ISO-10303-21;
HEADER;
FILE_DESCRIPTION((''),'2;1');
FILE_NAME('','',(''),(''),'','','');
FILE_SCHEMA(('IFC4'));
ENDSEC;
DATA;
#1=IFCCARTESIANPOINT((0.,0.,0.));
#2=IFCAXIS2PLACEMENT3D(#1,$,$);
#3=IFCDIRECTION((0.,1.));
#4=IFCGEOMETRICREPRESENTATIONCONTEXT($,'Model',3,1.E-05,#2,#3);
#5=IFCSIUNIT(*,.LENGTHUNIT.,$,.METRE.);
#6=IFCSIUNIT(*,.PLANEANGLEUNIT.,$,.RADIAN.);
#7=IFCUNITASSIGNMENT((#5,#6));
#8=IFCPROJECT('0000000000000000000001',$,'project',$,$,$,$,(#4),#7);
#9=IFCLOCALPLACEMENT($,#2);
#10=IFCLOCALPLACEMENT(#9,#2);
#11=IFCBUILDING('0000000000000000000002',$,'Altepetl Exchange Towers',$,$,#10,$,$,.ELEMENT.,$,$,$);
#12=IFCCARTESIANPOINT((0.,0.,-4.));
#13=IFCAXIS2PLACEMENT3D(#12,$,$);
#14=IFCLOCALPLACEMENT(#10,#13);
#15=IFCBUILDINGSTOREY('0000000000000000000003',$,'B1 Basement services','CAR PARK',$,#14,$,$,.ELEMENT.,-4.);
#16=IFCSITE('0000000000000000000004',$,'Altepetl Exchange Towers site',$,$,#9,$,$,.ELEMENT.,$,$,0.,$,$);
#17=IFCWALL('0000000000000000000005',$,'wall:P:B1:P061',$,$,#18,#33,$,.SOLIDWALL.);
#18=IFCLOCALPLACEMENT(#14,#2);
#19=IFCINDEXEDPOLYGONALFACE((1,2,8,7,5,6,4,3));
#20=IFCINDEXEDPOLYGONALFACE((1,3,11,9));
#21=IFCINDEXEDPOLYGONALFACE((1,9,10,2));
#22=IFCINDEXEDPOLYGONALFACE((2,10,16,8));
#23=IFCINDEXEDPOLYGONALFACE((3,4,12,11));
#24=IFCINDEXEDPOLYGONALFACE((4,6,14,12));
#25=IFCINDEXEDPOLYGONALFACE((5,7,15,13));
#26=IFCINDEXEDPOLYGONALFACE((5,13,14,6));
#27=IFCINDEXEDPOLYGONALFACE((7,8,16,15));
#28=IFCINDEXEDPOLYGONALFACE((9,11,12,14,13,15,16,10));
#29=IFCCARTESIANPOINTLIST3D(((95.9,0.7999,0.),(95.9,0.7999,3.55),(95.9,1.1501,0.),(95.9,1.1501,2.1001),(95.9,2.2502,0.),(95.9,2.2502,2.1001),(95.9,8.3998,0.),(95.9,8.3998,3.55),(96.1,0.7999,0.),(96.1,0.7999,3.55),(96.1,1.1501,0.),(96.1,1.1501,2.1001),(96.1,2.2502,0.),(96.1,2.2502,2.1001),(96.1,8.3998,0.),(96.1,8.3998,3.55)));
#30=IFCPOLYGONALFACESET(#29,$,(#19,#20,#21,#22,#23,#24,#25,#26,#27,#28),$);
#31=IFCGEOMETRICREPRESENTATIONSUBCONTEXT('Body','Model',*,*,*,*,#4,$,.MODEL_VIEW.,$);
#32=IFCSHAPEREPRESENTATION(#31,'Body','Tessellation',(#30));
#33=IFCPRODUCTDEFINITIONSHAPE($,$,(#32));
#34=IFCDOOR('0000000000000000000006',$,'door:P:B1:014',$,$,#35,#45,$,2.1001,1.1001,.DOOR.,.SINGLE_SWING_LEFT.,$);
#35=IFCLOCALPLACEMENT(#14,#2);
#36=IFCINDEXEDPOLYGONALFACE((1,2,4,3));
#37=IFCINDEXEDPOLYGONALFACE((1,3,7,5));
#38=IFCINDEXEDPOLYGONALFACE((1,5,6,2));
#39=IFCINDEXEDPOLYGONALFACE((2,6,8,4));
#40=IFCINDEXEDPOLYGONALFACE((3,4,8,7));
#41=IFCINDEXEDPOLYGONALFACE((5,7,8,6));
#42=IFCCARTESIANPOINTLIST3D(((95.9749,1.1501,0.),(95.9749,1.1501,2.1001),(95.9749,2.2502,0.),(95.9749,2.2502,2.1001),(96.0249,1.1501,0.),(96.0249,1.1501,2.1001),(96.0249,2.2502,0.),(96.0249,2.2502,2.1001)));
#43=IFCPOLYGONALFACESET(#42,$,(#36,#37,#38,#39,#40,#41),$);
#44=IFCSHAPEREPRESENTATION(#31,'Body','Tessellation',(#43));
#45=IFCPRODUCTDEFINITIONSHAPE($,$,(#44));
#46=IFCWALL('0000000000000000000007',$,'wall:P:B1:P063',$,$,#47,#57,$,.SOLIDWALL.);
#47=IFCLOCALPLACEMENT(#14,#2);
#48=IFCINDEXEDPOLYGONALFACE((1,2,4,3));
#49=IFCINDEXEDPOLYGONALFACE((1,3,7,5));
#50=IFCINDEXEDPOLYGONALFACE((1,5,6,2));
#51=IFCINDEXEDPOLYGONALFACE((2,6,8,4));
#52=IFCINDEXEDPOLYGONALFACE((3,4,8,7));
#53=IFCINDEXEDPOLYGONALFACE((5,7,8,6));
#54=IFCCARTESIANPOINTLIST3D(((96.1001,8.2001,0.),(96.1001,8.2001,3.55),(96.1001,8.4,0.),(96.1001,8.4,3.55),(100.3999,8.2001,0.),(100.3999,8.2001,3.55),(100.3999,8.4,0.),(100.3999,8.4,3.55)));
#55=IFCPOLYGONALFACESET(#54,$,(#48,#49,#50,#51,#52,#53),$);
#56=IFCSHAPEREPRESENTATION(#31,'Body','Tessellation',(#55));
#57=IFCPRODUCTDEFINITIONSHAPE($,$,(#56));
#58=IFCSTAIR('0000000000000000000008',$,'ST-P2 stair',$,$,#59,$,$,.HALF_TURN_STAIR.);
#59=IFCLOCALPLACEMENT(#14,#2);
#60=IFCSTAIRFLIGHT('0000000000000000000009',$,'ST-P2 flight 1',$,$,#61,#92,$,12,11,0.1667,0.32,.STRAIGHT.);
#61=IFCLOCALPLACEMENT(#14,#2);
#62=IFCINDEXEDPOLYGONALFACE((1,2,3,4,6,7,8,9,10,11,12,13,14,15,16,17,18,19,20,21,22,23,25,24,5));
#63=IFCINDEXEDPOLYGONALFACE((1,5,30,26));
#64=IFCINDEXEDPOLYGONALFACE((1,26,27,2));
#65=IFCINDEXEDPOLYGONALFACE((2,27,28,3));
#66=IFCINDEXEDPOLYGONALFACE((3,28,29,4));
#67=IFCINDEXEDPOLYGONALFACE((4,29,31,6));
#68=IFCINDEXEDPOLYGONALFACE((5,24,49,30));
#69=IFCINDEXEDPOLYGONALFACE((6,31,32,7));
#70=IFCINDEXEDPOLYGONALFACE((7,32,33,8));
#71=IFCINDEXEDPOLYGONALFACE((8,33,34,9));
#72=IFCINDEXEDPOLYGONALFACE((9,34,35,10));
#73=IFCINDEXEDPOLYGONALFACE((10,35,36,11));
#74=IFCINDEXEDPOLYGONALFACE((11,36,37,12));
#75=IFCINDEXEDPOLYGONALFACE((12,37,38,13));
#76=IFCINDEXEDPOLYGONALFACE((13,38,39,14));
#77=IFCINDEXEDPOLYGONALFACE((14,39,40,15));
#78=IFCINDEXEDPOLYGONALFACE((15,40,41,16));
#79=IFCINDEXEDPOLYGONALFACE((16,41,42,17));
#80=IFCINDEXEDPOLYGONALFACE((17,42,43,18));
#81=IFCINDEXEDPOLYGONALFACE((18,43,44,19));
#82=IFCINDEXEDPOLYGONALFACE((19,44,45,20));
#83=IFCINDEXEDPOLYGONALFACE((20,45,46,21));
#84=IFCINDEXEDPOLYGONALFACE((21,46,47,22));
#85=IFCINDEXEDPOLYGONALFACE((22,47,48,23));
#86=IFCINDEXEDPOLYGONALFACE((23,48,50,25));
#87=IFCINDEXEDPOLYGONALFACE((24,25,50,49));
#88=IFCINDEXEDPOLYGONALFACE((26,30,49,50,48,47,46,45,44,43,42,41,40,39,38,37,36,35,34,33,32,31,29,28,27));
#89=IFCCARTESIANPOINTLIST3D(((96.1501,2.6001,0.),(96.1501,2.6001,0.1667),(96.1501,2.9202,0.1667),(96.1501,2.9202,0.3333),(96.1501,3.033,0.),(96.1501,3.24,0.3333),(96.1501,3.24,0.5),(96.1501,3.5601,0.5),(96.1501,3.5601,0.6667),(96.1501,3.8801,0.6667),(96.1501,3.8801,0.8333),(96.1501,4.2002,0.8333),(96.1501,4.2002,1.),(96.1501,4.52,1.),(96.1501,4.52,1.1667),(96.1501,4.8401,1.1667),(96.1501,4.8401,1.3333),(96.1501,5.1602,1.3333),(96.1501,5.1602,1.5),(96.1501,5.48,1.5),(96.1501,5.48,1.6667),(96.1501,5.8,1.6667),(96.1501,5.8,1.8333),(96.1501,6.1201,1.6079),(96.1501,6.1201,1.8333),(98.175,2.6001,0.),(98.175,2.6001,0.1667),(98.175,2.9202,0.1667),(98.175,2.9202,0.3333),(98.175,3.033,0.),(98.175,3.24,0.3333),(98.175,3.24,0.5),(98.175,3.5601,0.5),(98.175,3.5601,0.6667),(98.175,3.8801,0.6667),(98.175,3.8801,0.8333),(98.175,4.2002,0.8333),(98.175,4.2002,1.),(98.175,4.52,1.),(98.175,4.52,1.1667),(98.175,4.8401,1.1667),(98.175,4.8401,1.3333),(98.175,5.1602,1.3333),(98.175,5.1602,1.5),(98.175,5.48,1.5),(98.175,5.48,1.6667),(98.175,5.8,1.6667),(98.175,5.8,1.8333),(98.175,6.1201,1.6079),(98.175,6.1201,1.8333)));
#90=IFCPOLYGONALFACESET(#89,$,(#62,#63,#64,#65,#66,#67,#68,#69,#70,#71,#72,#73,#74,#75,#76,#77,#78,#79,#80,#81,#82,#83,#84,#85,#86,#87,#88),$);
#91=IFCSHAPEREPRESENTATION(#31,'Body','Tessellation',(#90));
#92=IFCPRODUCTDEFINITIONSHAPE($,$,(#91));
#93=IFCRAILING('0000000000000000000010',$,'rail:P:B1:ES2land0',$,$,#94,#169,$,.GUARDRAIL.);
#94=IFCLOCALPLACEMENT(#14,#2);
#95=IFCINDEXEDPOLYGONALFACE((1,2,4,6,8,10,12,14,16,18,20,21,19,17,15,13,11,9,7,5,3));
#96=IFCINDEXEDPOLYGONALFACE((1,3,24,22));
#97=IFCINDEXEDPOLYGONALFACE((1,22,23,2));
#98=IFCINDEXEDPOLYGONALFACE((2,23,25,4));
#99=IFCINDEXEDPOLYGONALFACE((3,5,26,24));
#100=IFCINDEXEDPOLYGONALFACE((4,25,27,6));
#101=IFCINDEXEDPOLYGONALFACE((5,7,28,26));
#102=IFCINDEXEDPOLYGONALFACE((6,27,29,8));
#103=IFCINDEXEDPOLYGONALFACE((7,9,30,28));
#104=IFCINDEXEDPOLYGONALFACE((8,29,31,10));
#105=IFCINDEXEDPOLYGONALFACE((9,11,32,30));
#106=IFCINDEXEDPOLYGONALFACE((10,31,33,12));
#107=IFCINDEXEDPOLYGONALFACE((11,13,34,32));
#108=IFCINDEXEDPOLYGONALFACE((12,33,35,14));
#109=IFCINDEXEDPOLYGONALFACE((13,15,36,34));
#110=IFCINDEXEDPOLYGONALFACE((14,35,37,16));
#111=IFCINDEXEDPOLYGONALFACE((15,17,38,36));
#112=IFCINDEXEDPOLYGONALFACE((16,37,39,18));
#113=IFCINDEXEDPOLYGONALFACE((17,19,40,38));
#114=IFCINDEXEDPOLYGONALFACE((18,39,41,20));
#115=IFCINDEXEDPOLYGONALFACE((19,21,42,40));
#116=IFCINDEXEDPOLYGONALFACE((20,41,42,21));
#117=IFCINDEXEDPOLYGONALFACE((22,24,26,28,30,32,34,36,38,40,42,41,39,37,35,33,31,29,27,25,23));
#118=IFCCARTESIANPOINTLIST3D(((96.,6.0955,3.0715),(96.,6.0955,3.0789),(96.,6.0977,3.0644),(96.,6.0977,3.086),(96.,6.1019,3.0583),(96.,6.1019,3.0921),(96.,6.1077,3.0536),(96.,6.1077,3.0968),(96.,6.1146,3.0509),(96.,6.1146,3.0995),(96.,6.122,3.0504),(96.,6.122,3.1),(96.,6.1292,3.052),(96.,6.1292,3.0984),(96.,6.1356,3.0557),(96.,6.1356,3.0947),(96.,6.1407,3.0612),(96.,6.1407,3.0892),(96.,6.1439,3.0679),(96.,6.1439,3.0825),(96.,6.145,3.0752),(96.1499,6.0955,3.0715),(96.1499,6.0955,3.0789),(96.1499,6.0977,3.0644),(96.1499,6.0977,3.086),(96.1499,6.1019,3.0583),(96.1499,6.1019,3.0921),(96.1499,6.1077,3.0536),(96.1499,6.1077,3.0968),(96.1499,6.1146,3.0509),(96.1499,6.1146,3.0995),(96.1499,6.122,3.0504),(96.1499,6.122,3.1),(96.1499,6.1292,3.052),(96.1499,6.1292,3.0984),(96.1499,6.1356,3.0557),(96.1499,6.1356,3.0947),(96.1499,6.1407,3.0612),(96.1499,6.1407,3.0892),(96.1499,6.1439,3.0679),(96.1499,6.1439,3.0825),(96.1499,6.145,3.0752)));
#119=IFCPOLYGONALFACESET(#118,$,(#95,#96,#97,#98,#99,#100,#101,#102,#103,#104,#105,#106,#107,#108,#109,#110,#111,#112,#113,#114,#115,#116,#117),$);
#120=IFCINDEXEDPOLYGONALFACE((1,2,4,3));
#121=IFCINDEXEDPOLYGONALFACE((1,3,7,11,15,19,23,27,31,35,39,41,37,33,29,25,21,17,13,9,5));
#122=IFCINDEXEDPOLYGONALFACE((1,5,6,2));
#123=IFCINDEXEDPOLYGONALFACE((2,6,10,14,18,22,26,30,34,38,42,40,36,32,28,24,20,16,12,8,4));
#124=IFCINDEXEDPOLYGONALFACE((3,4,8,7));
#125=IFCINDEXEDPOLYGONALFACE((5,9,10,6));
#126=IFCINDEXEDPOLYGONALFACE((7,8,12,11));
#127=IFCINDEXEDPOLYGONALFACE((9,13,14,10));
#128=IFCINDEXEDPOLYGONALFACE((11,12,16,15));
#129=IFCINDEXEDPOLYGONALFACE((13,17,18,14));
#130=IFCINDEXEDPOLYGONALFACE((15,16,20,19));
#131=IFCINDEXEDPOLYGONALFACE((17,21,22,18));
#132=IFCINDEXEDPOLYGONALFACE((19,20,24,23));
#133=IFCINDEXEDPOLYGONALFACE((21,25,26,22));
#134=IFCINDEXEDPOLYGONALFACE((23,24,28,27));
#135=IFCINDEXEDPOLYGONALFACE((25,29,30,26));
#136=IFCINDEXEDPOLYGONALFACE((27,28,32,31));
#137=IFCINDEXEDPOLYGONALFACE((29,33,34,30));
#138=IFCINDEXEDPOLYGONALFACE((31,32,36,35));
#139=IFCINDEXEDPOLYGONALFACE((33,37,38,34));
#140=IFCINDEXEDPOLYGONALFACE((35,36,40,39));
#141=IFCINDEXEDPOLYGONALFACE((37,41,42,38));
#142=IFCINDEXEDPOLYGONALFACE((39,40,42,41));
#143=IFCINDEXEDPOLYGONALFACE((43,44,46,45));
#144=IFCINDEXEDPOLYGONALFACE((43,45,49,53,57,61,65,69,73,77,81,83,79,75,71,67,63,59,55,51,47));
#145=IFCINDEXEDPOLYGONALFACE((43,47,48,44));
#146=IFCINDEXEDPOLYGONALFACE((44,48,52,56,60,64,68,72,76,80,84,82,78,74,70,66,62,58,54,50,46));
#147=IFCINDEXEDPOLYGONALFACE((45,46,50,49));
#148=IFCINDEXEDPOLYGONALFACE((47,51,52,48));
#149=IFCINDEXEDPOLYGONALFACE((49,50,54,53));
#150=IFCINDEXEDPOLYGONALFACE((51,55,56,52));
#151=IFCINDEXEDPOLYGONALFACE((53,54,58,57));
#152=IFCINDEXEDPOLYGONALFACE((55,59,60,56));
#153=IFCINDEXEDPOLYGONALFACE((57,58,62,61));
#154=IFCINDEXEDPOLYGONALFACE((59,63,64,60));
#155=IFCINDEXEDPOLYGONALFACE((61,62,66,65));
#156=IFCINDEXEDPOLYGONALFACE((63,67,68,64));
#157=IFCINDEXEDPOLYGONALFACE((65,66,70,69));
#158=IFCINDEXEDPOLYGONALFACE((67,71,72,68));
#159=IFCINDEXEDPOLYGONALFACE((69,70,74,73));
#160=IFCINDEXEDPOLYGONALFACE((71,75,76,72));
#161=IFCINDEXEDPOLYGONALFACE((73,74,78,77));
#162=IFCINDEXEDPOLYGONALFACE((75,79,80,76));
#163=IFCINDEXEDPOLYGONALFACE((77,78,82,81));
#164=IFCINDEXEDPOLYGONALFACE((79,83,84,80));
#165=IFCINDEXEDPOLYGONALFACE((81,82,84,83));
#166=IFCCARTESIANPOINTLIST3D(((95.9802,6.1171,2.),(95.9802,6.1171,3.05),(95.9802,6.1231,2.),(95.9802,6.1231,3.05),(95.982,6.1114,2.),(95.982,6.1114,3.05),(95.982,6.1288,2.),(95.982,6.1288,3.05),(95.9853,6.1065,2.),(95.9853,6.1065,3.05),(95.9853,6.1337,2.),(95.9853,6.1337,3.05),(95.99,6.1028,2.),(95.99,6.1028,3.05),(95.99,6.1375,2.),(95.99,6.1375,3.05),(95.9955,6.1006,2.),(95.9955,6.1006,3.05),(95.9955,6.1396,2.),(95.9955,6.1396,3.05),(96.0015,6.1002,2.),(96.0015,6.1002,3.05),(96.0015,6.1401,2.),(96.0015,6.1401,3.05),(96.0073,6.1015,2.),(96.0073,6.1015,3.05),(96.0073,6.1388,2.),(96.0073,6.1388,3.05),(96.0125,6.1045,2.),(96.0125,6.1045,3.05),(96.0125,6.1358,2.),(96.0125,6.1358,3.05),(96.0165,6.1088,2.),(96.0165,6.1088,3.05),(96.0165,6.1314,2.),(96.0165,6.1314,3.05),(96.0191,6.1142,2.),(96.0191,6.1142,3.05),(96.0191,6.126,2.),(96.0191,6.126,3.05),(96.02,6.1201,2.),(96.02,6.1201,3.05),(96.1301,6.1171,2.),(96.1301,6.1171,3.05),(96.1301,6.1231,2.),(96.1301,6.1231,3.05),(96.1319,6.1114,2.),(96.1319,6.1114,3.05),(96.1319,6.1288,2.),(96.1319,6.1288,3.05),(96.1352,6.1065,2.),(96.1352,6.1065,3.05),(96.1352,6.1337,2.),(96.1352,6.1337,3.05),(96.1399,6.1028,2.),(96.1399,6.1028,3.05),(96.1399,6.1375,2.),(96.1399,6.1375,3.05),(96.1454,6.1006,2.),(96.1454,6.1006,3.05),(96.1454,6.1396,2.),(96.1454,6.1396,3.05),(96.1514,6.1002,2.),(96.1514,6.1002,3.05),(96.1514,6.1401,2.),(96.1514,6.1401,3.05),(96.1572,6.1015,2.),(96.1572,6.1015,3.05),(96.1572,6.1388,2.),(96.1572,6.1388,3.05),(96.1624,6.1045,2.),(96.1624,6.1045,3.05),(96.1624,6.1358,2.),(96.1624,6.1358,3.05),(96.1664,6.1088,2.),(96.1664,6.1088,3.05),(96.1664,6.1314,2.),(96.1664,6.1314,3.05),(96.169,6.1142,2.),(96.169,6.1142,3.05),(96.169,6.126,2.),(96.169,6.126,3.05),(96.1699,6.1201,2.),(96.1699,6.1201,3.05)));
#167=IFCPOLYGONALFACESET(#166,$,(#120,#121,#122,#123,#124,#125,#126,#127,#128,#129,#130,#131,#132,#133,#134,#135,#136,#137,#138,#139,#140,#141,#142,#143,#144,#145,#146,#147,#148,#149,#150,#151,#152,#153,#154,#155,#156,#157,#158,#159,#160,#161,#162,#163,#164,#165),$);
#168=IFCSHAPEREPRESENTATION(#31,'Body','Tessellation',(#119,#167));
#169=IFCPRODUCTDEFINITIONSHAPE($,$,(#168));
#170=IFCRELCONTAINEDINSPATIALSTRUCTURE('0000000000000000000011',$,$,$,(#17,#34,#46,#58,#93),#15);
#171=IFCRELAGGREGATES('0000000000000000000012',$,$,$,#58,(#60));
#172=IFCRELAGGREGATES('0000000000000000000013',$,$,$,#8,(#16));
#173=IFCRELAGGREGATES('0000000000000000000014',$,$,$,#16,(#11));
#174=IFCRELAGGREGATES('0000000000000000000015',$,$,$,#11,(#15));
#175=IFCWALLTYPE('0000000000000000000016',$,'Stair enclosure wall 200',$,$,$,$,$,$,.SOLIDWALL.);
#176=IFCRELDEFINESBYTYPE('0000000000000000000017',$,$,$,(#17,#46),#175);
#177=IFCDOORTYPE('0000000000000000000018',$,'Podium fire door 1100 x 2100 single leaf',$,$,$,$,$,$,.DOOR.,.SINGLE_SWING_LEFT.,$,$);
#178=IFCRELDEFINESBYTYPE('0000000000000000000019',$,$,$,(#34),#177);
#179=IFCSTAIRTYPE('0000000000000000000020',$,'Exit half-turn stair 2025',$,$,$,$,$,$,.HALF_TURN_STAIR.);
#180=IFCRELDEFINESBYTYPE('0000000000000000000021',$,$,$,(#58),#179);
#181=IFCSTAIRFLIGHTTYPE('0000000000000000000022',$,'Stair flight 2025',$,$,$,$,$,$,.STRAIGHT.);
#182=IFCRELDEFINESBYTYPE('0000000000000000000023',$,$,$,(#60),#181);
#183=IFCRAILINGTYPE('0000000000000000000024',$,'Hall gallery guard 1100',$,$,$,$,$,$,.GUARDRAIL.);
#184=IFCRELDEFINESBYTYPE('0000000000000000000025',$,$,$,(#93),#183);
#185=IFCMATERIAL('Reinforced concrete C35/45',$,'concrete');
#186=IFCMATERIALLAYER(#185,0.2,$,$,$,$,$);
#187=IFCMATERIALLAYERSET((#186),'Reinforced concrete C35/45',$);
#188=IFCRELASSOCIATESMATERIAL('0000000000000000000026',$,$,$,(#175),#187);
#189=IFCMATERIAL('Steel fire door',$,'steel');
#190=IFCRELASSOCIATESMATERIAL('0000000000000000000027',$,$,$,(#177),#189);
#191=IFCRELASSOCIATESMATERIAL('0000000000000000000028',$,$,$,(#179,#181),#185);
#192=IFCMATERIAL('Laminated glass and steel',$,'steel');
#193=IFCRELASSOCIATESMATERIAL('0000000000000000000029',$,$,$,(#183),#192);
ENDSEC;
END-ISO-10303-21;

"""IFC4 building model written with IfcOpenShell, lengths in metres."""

from ifc_helpers import new_model, si_unit, direction, frame, frame_2d, origin, origin_2d, place, context, subcontext, project, spatial, polyline, rectangle, circle, outline, extrude, source, transform, mapped, material, layer, layer_set, type_object, element, fill, aggregate, save


model = new_model("IFC4")

# Units and contexts
model_context = context("Model", 3, precision=1e-05, world=origin(), true_north=direction((0.0, 1.0)))
body_context = subcontext(model_context, "Body", "Model", "MODEL_VIEW")
ifc_project = project(units=[si_unit("LENGTHUNIT", "METRE"), si_unit("PLANEANGLEUNIT", "RADIAN")], contexts=[model_context])

# Site, building, storey
site_placement = place(None, origin())
site = spatial("IfcSite", under=ifc_project, at=site_placement, Name="Altepetl Exchange Towers site", CompositionType="ELEMENT", RefElevation=0.0)
building_placement = place(site_placement, origin())
building = spatial("IfcBuilding", under=site, at=building_placement, Name="Altepetl Exchange Towers", CompositionType="ELEMENT")
storey_placement = place(building_placement, frame((0.0, 0.0, -4.0)))
storey = spatial("IfcBuildingStorey", under=building, at=storey_placement, Name="B1 Basement services", Description="CAR PARK", CompositionType="ELEMENT", Elevation=-4.0)

# Shared definitions
ifc_material_1 = material(Name="Reinforced concrete C35/45", Category="concrete")

# Wall, opening, door
ifc_layer_1 = layer(ifc_material_1, 0.2)
ifc_layer_set_1 = layer_set([ifc_layer_1], Name="Reinforced concrete C35/45")
wall_type_1 = type_object("IfcWallType", Name="Stair enclosure wall 200", PredefinedType="SOLIDWALL", material=ifc_layer_set_1)
wall_1_placement = place(storey_placement, frame((96.0, 0.8, 0.0), z_axis=(0.0, 0.0, 1.0), x_axis=(0.0, 1.0, 0.0)))
wall_1 = element("IfcWall", 1, at=wall_1_placement, inside=storey, type_object=wall_type_1, Name="wall:P:B1:P061", PredefinedType="SOLIDWALL", context=body_context, shape_type="SweptSolid", body=[
    extrude(rectangle(XDim=7.5999, YDim=0.2, at=frame_2d((3.7998, 0.0))), origin(), (0.0, 0.0, 1.0), 3.55),
])
opening_1_placement = place(wall_1_placement, frame((0.3501, 0.0, 0.0)))
opening_1 = element("IfcOpeningElement", 2, at=opening_1_placement, cuts=wall_1, PredefinedType="OPENING", context=body_context, shape_type="SweptSolid", body=[
    extrude(rectangle(XDim=1.1001, YDim=2.1001, at=frame_2d((0.55, 1.05))), frame((0.0, 0.1099, 0.0), z_axis=(0.0, -1.0, 0.0), x_axis=(1.0, 0.0, 0.0)), (0.0, 0.0, 1.0), 0.22),
])
ifc_material_2 = material(Name="Steel fire door", Category="steel")
door_type_1 = type_object("IfcDoorType", Name="Podium fire door 1100 x 2100 single leaf", OperationType="SINGLE_SWING_LEFT", PredefinedType="DOOR", material=ifc_material_2)
door_1_placement = place(opening_1_placement, frame((1.1001, 0.0, 0.0), x_axis=(-1.0, 0.0, 0.0)))
door_1 = element("IfcDoor", 3, at=door_1_placement, inside=storey, type_object=door_type_1, Name="door:P:B1:014", OperationType="SINGLE_SWING_LEFT", OverallHeight=2.1001, OverallWidth=1.1001, PredefinedType="DOOR", context=body_context, shape_type="SweptSolid", body=[
    extrude(rectangle(XDim=1.1001, YDim=2.1001, at=frame_2d((0.55, 1.05))), frame((0.0, 0.0249, 0.0), z_axis=(0.0, -1.0, 0.0), x_axis=(1.0, 0.0, 0.0)), (0.0, 0.0, 1.0), 0.05),
])
fill(opening_1, door_1)

# Wall
wall_2_placement = place(storey_placement, frame((96.1001, 8.3, 0.0)))
element("IfcWall", 4, at=wall_2_placement, inside=storey, type_object=wall_type_1, Name="wall:P:B1:P063", PredefinedType="SOLIDWALL", context=body_context, shape_type="SweptSolid", body=[
    extrude(rectangle(XDim=4.2998, YDim=0.2, at=frame_2d((2.1499, 0.0))), origin(), (0.0, 0.0, 1.0), 3.55),
])

# Stair, stair flight
stair_type = type_object("IfcStairType", Name="Exit half-turn stair 2025", PredefinedType="HALF_TURN_STAIR", material=ifc_material_1)
stair_placement = place(storey_placement, origin())
stair = element("IfcStair", 5, at=stair_placement, inside=storey, type_object=stair_type, Name="ST-P2 stair", PredefinedType="HALF_TURN_STAIR")
stair_flight_type = type_object("IfcStairFlightType", Name="Stair flight 2025", PredefinedType="STRAIGHT", material=ifc_material_1)
stair_flight_placement = place(storey_placement, frame((97.1626, 2.6001, 0.0), z_axis=(0.0, 0.0, 1.0), x_axis=(0.0, 1.0, 0.0)))
stair_flight = element("IfcStairFlight", 6, at=stair_flight_placement, type_object=stair_flight_type, Name="ST-P2 flight 1", NumberOfRisers=12, NumberOfTreads=11, PredefinedType="STRAIGHT", RiserHeight=0.1667, TreadLength=0.32, context=body_context, shape_type="SweptSolid", body=[
    extrude(outline(polyline([(0.0, 0.0), (0.0, 0.1667), (0.3201, 0.1667), (0.3201, 0.3333), (0.6399, 0.3333), (0.6399, 0.5), (0.96, 0.5), (0.96, 0.6667), (1.28, 0.6667), (1.28, 0.8333), (1.6001, 0.8333), (1.6001, 1.0), (1.9199, 1.0), (1.9199, 1.1667), (2.24, 1.1667), (2.24, 1.3333), (2.5601, 1.3333), (2.5601, 1.5), (2.8799, 1.5), (2.8799, 1.6667), (3.2, 1.6667), (3.2, 1.8333), (3.52, 1.8333), (3.52, 2.0), (3.52, 1.6079), (0.4329, 0.0), (0.0, 0.0)])), frame((0.0, 1.0125, 0.0), z_axis=(0.0, -1.0, 0.0), x_axis=(1.0, 0.0, 0.0)), (0.0, 0.0, 1.0), 2.0249),
])
aggregate(stair, [stair_flight])

# Railing
ifc_material_3 = material(Name="Laminated glass and steel", Category="steel")
railing_type_1 = type_object("IfcRailingType", Name="Hall gallery guard 1100", PredefinedType="GUARDRAIL", material=ifc_material_3)
shared_shape_1 = source(origin(), body_context, "Body", "SweptSolid", [
    extrude(circle(Radius=0.02, at=origin_2d()), origin(), (0.0, 0.0, 1.0), 1.05),
])
railing_1_placement = place(storey_placement, frame((96.0, 6.1201, 2.0)))
element("IfcRailing", 7, at=railing_1_placement, inside=storey, type_object=railing_type_1, Name="rail:P:B1:ES2land0", PredefinedType="GUARDRAIL", context=body_context, shape_type="SweptSolid", body=[
    extrude(circle(Radius=0.0249, at=origin_2d()), frame((0.0, 0.0, 1.0752), z_axis=(1.0, 0.0, 0.0), x_axis=(0.0, 1.0, 0.0)), (0.0, 0.0, 1.0), 0.1499),
    mapped(shared_shape_1, transform((0.0, 0.0, 0.0))),
    mapped(shared_shape_1, transform((0.1499, 0.0, 0.0))),
])

save(model, "model.ifc")
